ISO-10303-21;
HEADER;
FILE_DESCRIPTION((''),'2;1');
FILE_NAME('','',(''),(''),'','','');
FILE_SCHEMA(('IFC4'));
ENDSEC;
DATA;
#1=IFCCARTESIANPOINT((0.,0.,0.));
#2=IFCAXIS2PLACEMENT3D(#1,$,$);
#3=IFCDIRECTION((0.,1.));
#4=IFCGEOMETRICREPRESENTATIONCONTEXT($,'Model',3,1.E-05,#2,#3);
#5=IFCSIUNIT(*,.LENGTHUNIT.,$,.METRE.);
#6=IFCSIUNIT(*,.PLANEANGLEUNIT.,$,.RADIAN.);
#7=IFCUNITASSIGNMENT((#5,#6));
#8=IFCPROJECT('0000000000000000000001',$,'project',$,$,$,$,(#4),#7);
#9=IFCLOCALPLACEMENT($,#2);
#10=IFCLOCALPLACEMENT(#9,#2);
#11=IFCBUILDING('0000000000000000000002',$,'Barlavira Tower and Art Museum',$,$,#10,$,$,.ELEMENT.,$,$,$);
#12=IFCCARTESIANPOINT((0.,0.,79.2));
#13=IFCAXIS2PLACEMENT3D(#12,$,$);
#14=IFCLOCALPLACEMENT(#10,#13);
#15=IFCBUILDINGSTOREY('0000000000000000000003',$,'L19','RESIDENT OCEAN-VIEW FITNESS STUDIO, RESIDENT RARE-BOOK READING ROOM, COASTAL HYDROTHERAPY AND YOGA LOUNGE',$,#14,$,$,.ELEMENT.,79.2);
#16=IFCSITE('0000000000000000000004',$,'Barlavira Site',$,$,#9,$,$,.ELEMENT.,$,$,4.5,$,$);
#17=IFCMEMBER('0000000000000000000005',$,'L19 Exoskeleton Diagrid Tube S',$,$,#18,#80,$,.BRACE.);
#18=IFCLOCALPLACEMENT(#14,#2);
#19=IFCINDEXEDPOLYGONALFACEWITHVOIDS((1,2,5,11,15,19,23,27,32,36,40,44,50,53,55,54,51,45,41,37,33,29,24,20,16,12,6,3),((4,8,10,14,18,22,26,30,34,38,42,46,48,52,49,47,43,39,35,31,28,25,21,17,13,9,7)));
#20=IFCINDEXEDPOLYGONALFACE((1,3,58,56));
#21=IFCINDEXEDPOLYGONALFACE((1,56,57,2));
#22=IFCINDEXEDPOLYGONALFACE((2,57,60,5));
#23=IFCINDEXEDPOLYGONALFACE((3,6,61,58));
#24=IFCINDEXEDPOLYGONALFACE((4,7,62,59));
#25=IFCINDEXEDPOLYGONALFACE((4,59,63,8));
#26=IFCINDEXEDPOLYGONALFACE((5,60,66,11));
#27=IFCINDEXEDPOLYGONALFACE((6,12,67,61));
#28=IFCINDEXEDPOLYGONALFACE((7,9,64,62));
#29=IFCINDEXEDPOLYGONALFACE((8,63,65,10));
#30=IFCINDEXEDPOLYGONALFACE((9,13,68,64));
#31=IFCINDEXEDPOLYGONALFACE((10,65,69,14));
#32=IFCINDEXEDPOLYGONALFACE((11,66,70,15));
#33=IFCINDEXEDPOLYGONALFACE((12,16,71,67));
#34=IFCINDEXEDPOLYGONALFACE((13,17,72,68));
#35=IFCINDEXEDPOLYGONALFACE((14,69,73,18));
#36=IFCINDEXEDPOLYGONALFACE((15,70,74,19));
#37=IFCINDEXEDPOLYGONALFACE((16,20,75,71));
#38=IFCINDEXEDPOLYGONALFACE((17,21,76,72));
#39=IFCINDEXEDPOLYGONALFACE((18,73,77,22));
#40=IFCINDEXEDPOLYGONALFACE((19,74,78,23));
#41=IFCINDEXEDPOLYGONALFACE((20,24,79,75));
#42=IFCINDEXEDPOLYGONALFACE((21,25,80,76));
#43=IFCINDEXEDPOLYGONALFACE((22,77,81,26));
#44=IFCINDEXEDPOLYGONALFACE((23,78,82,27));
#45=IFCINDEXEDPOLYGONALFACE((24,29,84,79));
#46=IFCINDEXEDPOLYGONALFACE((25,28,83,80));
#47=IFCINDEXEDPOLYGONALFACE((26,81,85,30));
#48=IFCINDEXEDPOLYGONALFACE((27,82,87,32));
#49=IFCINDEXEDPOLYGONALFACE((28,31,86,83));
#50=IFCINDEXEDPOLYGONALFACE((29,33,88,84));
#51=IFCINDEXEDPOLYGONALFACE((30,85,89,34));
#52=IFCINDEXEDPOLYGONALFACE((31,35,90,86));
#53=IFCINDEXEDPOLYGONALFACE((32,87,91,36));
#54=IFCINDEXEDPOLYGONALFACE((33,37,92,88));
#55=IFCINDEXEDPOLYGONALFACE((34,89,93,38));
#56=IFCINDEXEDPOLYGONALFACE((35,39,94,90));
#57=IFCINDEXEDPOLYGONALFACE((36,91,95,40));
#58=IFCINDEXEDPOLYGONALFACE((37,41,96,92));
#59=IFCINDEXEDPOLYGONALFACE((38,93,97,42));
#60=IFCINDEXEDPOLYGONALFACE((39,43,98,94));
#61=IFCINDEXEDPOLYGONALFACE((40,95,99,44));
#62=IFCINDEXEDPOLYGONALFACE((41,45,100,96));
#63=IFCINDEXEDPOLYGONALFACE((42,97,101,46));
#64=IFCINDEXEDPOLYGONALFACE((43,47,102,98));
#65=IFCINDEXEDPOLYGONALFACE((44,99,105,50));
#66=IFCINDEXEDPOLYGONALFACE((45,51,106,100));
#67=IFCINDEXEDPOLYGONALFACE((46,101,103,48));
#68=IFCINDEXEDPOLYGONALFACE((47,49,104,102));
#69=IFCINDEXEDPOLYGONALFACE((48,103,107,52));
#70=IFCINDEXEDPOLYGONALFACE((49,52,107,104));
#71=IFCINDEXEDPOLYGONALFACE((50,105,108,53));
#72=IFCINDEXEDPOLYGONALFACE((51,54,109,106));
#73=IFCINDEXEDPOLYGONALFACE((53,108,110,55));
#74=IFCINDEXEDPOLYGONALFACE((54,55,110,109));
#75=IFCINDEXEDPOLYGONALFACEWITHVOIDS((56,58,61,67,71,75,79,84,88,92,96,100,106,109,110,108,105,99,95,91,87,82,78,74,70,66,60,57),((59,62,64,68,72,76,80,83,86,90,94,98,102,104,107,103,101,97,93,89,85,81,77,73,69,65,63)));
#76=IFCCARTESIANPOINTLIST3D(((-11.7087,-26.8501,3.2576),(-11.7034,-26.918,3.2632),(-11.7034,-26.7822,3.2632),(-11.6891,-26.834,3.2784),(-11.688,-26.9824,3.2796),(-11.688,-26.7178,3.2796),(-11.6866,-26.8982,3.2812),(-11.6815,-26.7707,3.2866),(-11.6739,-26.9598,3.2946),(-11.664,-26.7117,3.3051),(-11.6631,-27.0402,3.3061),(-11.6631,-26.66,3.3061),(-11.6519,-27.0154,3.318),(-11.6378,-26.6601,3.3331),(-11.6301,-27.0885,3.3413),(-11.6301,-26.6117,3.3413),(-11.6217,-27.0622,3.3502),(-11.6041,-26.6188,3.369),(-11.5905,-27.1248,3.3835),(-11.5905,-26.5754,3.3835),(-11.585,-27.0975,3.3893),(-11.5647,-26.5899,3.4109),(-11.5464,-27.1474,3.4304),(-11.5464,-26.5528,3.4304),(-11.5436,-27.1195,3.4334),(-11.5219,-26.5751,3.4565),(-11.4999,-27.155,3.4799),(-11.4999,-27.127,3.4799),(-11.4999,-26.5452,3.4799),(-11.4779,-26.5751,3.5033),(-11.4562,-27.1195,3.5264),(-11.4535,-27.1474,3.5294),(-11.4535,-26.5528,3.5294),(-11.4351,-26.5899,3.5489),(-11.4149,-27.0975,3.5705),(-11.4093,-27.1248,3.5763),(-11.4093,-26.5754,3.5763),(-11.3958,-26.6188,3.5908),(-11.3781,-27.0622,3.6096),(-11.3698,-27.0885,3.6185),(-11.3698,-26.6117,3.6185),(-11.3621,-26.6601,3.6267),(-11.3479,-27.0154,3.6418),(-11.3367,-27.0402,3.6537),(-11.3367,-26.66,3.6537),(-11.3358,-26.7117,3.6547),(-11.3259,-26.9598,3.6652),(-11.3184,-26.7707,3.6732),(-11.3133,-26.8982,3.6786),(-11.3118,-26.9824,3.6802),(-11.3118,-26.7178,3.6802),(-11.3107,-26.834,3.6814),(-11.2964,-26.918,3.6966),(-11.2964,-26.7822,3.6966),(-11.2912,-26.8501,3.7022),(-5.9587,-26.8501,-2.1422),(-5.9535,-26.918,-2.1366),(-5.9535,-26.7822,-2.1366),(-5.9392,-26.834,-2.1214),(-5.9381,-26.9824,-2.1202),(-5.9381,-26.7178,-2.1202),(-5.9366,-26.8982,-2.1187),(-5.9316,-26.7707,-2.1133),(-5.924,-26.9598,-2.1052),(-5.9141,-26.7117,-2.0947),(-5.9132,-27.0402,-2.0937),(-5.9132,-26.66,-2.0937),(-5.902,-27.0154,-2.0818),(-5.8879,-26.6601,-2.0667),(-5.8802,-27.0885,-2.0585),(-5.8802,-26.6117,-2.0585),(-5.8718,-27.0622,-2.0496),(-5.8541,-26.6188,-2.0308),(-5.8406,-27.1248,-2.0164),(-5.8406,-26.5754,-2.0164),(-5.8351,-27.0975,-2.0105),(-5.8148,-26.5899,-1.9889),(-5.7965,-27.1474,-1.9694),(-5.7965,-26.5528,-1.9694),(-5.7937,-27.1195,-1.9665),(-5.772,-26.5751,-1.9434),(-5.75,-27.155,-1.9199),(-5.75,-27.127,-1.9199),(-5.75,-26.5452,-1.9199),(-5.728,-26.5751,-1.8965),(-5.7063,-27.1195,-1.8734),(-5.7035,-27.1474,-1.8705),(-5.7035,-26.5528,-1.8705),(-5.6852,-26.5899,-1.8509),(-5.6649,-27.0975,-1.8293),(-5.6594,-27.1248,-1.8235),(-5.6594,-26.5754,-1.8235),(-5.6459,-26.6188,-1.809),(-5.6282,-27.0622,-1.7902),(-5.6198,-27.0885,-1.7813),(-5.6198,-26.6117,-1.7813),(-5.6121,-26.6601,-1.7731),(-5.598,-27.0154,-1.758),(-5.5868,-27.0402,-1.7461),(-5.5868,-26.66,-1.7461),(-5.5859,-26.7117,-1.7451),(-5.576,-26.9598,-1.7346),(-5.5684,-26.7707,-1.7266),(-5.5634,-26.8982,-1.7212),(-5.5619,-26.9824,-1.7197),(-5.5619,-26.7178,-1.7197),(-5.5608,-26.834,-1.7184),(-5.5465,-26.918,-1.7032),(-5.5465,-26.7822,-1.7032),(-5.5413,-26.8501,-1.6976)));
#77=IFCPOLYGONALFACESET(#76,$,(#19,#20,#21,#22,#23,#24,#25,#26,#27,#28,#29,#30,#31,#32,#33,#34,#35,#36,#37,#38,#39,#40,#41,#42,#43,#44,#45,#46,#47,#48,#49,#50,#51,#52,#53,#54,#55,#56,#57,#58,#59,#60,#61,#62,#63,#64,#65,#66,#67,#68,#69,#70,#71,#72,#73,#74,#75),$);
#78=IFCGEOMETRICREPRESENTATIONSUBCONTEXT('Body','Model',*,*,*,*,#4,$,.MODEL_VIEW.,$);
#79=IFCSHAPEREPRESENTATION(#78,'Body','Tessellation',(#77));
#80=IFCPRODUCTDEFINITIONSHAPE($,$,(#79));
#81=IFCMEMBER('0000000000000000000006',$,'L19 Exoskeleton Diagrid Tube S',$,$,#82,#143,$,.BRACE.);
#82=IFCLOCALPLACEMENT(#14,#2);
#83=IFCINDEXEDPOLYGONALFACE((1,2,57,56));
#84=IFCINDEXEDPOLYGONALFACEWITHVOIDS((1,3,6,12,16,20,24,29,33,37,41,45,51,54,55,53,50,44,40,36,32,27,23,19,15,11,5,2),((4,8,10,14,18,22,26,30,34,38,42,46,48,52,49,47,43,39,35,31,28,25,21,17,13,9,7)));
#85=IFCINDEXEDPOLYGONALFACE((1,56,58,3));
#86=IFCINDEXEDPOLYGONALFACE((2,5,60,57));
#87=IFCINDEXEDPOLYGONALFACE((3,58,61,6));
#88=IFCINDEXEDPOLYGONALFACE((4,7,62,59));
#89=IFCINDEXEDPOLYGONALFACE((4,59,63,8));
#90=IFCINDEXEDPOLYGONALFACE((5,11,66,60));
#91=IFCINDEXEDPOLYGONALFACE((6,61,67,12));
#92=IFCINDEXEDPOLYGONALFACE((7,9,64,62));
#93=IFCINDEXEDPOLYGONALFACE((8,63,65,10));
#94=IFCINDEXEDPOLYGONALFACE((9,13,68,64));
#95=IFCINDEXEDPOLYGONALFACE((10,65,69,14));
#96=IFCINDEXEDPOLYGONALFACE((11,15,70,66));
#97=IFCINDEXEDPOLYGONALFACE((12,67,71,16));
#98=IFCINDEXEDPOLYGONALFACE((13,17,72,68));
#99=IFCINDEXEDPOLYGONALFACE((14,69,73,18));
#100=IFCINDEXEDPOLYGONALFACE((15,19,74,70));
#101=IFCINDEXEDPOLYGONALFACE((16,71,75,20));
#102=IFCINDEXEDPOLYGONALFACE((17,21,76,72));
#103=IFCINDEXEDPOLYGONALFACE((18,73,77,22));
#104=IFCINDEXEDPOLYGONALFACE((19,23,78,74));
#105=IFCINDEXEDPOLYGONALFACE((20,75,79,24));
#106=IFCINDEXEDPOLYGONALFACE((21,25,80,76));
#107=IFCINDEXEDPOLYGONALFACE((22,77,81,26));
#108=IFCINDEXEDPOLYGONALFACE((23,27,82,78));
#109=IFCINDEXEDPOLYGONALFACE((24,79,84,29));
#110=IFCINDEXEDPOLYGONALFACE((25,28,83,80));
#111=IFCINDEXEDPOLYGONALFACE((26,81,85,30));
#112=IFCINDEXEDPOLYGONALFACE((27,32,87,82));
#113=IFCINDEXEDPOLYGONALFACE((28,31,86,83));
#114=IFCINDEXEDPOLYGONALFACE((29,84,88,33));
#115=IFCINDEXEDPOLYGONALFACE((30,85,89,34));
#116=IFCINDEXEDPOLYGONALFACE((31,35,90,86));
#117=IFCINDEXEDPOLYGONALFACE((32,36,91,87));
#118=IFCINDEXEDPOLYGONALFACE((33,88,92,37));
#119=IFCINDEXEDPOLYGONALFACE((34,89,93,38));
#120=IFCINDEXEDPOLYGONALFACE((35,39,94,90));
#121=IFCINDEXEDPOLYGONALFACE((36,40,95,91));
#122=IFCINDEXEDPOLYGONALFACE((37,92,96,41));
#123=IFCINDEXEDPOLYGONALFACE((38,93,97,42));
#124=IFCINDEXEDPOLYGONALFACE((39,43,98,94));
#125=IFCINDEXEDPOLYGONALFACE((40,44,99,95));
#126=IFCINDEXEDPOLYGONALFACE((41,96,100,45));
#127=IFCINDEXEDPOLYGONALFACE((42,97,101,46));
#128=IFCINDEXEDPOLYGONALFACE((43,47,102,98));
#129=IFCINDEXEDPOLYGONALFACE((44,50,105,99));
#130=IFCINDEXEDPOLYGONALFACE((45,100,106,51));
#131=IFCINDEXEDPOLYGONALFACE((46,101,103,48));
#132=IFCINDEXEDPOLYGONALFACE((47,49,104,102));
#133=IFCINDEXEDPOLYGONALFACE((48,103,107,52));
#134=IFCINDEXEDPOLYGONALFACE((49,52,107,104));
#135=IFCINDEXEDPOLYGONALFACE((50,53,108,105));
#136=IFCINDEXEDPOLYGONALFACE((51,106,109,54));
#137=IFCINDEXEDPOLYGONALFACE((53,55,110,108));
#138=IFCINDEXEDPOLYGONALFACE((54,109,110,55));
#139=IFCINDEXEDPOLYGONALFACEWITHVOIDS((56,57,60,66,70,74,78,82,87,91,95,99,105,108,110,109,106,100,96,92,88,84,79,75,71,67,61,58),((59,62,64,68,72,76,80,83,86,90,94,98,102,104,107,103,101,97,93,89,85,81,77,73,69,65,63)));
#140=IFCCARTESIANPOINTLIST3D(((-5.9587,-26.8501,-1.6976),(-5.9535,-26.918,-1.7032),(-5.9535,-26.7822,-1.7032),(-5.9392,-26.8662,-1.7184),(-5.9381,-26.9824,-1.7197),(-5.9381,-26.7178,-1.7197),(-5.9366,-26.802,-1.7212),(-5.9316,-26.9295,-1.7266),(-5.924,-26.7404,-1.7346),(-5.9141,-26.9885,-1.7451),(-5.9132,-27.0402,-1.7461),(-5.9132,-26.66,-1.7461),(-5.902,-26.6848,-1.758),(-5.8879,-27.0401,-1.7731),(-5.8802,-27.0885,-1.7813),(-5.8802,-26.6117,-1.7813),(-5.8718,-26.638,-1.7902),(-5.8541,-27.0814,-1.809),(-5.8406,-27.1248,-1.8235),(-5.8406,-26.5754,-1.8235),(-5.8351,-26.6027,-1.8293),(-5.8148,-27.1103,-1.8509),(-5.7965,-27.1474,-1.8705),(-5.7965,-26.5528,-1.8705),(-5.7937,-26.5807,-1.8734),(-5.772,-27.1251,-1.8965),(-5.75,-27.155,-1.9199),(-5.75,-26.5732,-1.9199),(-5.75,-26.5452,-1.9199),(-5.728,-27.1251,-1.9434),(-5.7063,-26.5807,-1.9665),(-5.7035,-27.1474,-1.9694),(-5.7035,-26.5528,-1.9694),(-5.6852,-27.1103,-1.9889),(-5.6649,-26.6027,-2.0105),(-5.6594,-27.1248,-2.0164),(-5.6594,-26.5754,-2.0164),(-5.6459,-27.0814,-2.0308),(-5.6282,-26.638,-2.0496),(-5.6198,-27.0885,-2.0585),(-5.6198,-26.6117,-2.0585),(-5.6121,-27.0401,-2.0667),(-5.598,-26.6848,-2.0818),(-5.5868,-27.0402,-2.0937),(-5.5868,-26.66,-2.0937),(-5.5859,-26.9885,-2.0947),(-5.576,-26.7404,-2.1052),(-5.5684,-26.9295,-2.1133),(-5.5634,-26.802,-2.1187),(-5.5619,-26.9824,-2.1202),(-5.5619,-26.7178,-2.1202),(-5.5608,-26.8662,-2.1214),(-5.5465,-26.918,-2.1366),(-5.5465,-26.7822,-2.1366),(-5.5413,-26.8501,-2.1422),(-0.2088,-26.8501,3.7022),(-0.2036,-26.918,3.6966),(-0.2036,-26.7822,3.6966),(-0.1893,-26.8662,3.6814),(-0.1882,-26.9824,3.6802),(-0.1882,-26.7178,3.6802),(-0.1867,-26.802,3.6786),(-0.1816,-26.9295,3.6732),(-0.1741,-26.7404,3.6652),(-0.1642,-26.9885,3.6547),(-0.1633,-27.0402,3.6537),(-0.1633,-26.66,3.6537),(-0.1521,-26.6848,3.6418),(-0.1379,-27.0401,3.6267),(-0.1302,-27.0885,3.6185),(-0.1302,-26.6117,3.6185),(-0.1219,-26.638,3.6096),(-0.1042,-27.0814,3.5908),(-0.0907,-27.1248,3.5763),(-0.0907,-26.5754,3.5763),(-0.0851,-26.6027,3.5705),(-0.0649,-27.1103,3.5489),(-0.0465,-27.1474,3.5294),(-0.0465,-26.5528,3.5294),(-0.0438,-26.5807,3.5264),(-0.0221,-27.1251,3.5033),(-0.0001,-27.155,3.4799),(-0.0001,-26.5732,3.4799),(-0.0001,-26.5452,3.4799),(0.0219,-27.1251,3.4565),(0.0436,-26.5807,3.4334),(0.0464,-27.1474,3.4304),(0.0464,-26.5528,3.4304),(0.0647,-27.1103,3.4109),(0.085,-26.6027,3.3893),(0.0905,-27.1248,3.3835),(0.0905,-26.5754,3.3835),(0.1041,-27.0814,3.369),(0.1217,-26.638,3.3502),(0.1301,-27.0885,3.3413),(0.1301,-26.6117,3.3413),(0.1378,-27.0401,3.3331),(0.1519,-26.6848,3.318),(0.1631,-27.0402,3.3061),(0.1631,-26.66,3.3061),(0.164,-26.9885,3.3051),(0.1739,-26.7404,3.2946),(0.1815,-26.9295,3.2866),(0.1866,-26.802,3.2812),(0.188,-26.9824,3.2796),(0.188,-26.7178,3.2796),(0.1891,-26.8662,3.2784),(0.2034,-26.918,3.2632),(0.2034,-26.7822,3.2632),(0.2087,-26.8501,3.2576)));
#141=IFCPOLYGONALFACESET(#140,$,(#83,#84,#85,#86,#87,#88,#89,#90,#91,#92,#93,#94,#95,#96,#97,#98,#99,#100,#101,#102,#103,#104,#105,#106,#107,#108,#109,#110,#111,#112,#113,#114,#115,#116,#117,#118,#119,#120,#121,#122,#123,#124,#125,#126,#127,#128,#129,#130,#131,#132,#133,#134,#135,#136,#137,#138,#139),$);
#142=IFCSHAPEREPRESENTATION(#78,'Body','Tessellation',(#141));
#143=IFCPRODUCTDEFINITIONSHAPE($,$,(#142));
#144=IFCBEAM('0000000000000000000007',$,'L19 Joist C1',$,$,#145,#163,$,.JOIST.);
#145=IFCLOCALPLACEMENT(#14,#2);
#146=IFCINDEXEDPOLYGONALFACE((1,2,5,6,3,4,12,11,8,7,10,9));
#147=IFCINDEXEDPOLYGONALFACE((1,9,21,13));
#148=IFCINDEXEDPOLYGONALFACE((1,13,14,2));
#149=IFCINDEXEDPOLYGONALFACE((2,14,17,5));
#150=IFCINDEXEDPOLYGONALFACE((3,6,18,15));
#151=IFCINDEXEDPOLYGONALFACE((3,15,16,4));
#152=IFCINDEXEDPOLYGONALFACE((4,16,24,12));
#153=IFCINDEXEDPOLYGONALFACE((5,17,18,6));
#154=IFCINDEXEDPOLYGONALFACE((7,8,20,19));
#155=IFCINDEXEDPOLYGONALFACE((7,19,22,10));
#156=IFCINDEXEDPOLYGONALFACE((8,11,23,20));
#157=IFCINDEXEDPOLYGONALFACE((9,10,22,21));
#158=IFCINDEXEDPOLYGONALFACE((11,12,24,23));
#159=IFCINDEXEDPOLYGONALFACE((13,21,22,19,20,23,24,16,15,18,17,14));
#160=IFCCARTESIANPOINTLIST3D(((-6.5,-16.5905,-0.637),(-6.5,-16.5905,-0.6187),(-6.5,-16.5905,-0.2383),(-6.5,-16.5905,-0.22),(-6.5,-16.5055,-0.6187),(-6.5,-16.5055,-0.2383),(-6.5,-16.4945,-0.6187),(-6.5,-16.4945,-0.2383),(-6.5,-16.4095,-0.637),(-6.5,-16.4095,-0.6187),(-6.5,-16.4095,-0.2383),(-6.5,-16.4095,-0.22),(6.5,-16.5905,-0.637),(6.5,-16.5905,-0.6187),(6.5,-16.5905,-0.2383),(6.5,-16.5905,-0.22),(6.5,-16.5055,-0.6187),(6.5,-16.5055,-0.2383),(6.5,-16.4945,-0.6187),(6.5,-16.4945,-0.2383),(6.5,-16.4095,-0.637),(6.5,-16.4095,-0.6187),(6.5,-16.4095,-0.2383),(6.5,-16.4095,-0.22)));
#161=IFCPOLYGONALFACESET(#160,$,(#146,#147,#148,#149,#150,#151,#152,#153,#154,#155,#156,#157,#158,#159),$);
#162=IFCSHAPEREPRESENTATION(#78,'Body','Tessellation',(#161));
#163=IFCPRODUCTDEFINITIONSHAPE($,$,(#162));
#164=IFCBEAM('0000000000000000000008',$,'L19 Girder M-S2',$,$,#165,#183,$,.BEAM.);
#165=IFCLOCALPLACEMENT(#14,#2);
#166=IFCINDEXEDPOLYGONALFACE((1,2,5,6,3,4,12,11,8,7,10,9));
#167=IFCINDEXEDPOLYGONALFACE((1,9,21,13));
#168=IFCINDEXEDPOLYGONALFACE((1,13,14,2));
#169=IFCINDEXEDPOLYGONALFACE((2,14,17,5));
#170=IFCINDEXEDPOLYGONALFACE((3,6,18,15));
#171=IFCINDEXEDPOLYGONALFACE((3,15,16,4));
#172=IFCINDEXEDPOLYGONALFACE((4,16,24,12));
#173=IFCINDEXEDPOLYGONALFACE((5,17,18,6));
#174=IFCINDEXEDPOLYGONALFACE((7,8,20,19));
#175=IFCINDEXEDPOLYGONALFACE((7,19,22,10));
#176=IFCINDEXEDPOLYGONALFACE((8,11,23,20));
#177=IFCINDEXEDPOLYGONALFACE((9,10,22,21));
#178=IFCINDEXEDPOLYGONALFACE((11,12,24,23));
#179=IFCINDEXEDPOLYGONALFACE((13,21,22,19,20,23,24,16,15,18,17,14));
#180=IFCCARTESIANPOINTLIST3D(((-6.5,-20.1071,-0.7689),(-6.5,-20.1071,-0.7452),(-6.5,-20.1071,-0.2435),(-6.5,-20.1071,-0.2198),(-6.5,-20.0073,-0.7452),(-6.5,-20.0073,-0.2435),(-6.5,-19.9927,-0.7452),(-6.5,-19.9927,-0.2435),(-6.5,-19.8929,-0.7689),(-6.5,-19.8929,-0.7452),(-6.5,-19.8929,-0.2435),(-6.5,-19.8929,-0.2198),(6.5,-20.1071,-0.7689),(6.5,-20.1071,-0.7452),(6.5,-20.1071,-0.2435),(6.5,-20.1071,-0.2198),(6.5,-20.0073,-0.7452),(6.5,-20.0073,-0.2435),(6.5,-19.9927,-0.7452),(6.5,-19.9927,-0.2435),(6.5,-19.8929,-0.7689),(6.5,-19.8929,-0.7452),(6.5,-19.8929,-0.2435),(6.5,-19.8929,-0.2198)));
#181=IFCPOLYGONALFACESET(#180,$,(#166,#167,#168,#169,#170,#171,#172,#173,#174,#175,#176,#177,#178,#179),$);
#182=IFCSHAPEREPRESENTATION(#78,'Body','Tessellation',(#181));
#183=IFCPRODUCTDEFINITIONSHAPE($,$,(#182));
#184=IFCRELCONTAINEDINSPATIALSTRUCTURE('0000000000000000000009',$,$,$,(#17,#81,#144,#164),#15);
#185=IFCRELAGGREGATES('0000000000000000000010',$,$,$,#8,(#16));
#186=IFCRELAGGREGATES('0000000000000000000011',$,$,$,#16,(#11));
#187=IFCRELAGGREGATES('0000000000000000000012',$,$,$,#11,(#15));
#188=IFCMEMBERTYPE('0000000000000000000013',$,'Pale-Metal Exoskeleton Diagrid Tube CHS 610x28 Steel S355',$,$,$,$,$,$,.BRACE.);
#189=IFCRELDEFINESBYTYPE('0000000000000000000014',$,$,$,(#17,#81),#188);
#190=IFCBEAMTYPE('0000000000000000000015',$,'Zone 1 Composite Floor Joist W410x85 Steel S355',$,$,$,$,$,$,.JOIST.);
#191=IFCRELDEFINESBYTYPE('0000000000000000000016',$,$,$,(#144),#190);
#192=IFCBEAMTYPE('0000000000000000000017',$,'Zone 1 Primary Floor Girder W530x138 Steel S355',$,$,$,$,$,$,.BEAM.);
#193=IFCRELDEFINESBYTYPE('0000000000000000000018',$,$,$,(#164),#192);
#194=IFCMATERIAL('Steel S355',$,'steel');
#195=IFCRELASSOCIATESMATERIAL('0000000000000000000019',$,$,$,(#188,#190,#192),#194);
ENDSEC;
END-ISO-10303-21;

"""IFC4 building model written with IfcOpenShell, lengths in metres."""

from ifc_helpers import new_model, si_unit, direction, frame, origin, origin_2d, place, context, subcontext, project, spatial, hollow_circle, i_section, extrude, material, material_profile, profile_set, type_object, element, save


model = new_model("IFC4")

# Units and contexts
model_context = context("Model", 3, precision=1e-05, world=origin(), true_north=direction((0.0, 1.0)))
body_context = subcontext(model_context, "Body", "Model", "MODEL_VIEW")
ifc_project = project(units=[si_unit("LENGTHUNIT", "METRE"), si_unit("PLANEANGLEUNIT", "RADIAN")], contexts=[model_context])

# Site, building, storey
site_placement = place(None, origin())
site = spatial("IfcSite", under=ifc_project, at=site_placement, Name="Barlavira Site", CompositionType="ELEMENT", RefElevation=4.5)
building_placement = place(site_placement, origin())
building = spatial("IfcBuilding", under=site, at=building_placement, Name="Barlavira Tower and Art Museum", CompositionType="ELEMENT")
storey_placement = place(building_placement, frame((0.0, 0.0, 79.2)))
storey = spatial("IfcBuildingStorey", under=building, at=storey_placement, Name="L19", Description="RESIDENT OCEAN-VIEW FITNESS STUDIO, RESIDENT RARE-BOOK READING ROOM, COASTAL HYDROTHERAPY AND YOGA LOUNGE", CompositionType="ELEMENT", Elevation=79.2)

# Members
ifc_material_1 = material(Name="Steel S355", Category="steel")
ifc_material_profile_1 = material_profile(ifc_material_1, hollow_circle(Radius=0.3049, WallThickness=0.0281, at=origin_2d()), Name="CHS 610.0x28.0")
ifc_profile_set_1 = profile_set([ifc_material_profile_1], Name="Steel S355")
member_type_1 = type_object("IfcMemberType", Name="Pale-Metal Exoskeleton Diagrid Tube CHS 610x28 Steel S355", PredefinedType="BRACE", material=ifc_profile_set_1)
for number, where, z_axis, x_axis, name in (
    (1, (-5.75, -26.8501, -1.9199), (-0.72895, 0.0, 0.684567), (0.0, -1.0, 0.0), "L19 Exoskeleton Diagrid Tube S"),
    (2, (-5.75, -26.8501, -1.9199), (0.72895, 0.0, 0.684567), (0.0, 1.0, 0.0), "L19 Exoskeleton Diagrid Tube S"),
):
    element("IfcMember", number, at=place(storey_placement, frame(where, z_axis=z_axis, x_axis=x_axis)), inside=storey, type_object=member_type_1, Name=name, PredefinedType="BRACE", context=body_context, shape_type="SweptSolid", body=[
        extrude(hollow_circle(Radius=0.3049, WallThickness=0.0281, at=origin_2d()), origin(), (0.0, 0.0, 1.0), 7.8879),
    ])

# Beams
ifc_material_profile_2 = material_profile(ifc_material_1, i_section(OverallWidth=0.1809, OverallDepth=0.417, WebThickness=0.011, FlangeThickness=0.0183, at=origin_2d()), Name="W410x85.0")
ifc_profile_set_2 = profile_set([ifc_material_profile_2], Name="Steel S355")
beam_type_1 = type_object("IfcBeamType", Name="Zone 1 Composite Floor Joist W410x85 Steel S355", PredefinedType="JOIST", material=ifc_profile_set_2)
beam_1_placement = place(storey_placement, frame((-6.5, -16.5, -0.4285), z_axis=(1.0, 0.0, 0.0), x_axis=(0.0, 1.0, 0.0)))
element("IfcBeam", 3, at=beam_1_placement, inside=storey, type_object=beam_type_1, Name="L19 Joist C1", PredefinedType="JOIST", context=body_context, shape_type="SweptSolid", body=[
    extrude(i_section(OverallWidth=0.1809, OverallDepth=0.417, WebThickness=0.011, FlangeThickness=0.0183, at=origin_2d()), origin(), (0.0, 0.0, 1.0), 13.0),
])
ifc_material_profile_3 = material_profile(ifc_material_1, i_section(OverallWidth=0.2141, OverallDepth=0.5491, WebThickness=0.0146, FlangeThickness=0.0237, at=origin_2d()), Name="W530x138.0")
ifc_profile_set_3 = profile_set([ifc_material_profile_3], Name="Steel S355")
beam_type_2 = type_object("IfcBeamType", Name="Zone 1 Primary Floor Girder W530x138 Steel S355", PredefinedType="BEAM", material=ifc_profile_set_3)
beam_2_placement = place(storey_placement, frame((-6.5, -20.0, -0.4944), z_axis=(1.0, 0.0, 0.0), x_axis=(0.0, 1.0, 0.0)))
element("IfcBeam", 4, at=beam_2_placement, inside=storey, type_object=beam_type_2, Name="L19 Girder M-S2", PredefinedType="BEAM", context=body_context, shape_type="SweptSolid", body=[
    extrude(i_section(OverallWidth=0.2141, OverallDepth=0.5491, WebThickness=0.0146, FlangeThickness=0.0237, at=origin_2d()), origin(), (0.0, 0.0, 1.0), 13.0),
])

save(model, "model.ifc")
